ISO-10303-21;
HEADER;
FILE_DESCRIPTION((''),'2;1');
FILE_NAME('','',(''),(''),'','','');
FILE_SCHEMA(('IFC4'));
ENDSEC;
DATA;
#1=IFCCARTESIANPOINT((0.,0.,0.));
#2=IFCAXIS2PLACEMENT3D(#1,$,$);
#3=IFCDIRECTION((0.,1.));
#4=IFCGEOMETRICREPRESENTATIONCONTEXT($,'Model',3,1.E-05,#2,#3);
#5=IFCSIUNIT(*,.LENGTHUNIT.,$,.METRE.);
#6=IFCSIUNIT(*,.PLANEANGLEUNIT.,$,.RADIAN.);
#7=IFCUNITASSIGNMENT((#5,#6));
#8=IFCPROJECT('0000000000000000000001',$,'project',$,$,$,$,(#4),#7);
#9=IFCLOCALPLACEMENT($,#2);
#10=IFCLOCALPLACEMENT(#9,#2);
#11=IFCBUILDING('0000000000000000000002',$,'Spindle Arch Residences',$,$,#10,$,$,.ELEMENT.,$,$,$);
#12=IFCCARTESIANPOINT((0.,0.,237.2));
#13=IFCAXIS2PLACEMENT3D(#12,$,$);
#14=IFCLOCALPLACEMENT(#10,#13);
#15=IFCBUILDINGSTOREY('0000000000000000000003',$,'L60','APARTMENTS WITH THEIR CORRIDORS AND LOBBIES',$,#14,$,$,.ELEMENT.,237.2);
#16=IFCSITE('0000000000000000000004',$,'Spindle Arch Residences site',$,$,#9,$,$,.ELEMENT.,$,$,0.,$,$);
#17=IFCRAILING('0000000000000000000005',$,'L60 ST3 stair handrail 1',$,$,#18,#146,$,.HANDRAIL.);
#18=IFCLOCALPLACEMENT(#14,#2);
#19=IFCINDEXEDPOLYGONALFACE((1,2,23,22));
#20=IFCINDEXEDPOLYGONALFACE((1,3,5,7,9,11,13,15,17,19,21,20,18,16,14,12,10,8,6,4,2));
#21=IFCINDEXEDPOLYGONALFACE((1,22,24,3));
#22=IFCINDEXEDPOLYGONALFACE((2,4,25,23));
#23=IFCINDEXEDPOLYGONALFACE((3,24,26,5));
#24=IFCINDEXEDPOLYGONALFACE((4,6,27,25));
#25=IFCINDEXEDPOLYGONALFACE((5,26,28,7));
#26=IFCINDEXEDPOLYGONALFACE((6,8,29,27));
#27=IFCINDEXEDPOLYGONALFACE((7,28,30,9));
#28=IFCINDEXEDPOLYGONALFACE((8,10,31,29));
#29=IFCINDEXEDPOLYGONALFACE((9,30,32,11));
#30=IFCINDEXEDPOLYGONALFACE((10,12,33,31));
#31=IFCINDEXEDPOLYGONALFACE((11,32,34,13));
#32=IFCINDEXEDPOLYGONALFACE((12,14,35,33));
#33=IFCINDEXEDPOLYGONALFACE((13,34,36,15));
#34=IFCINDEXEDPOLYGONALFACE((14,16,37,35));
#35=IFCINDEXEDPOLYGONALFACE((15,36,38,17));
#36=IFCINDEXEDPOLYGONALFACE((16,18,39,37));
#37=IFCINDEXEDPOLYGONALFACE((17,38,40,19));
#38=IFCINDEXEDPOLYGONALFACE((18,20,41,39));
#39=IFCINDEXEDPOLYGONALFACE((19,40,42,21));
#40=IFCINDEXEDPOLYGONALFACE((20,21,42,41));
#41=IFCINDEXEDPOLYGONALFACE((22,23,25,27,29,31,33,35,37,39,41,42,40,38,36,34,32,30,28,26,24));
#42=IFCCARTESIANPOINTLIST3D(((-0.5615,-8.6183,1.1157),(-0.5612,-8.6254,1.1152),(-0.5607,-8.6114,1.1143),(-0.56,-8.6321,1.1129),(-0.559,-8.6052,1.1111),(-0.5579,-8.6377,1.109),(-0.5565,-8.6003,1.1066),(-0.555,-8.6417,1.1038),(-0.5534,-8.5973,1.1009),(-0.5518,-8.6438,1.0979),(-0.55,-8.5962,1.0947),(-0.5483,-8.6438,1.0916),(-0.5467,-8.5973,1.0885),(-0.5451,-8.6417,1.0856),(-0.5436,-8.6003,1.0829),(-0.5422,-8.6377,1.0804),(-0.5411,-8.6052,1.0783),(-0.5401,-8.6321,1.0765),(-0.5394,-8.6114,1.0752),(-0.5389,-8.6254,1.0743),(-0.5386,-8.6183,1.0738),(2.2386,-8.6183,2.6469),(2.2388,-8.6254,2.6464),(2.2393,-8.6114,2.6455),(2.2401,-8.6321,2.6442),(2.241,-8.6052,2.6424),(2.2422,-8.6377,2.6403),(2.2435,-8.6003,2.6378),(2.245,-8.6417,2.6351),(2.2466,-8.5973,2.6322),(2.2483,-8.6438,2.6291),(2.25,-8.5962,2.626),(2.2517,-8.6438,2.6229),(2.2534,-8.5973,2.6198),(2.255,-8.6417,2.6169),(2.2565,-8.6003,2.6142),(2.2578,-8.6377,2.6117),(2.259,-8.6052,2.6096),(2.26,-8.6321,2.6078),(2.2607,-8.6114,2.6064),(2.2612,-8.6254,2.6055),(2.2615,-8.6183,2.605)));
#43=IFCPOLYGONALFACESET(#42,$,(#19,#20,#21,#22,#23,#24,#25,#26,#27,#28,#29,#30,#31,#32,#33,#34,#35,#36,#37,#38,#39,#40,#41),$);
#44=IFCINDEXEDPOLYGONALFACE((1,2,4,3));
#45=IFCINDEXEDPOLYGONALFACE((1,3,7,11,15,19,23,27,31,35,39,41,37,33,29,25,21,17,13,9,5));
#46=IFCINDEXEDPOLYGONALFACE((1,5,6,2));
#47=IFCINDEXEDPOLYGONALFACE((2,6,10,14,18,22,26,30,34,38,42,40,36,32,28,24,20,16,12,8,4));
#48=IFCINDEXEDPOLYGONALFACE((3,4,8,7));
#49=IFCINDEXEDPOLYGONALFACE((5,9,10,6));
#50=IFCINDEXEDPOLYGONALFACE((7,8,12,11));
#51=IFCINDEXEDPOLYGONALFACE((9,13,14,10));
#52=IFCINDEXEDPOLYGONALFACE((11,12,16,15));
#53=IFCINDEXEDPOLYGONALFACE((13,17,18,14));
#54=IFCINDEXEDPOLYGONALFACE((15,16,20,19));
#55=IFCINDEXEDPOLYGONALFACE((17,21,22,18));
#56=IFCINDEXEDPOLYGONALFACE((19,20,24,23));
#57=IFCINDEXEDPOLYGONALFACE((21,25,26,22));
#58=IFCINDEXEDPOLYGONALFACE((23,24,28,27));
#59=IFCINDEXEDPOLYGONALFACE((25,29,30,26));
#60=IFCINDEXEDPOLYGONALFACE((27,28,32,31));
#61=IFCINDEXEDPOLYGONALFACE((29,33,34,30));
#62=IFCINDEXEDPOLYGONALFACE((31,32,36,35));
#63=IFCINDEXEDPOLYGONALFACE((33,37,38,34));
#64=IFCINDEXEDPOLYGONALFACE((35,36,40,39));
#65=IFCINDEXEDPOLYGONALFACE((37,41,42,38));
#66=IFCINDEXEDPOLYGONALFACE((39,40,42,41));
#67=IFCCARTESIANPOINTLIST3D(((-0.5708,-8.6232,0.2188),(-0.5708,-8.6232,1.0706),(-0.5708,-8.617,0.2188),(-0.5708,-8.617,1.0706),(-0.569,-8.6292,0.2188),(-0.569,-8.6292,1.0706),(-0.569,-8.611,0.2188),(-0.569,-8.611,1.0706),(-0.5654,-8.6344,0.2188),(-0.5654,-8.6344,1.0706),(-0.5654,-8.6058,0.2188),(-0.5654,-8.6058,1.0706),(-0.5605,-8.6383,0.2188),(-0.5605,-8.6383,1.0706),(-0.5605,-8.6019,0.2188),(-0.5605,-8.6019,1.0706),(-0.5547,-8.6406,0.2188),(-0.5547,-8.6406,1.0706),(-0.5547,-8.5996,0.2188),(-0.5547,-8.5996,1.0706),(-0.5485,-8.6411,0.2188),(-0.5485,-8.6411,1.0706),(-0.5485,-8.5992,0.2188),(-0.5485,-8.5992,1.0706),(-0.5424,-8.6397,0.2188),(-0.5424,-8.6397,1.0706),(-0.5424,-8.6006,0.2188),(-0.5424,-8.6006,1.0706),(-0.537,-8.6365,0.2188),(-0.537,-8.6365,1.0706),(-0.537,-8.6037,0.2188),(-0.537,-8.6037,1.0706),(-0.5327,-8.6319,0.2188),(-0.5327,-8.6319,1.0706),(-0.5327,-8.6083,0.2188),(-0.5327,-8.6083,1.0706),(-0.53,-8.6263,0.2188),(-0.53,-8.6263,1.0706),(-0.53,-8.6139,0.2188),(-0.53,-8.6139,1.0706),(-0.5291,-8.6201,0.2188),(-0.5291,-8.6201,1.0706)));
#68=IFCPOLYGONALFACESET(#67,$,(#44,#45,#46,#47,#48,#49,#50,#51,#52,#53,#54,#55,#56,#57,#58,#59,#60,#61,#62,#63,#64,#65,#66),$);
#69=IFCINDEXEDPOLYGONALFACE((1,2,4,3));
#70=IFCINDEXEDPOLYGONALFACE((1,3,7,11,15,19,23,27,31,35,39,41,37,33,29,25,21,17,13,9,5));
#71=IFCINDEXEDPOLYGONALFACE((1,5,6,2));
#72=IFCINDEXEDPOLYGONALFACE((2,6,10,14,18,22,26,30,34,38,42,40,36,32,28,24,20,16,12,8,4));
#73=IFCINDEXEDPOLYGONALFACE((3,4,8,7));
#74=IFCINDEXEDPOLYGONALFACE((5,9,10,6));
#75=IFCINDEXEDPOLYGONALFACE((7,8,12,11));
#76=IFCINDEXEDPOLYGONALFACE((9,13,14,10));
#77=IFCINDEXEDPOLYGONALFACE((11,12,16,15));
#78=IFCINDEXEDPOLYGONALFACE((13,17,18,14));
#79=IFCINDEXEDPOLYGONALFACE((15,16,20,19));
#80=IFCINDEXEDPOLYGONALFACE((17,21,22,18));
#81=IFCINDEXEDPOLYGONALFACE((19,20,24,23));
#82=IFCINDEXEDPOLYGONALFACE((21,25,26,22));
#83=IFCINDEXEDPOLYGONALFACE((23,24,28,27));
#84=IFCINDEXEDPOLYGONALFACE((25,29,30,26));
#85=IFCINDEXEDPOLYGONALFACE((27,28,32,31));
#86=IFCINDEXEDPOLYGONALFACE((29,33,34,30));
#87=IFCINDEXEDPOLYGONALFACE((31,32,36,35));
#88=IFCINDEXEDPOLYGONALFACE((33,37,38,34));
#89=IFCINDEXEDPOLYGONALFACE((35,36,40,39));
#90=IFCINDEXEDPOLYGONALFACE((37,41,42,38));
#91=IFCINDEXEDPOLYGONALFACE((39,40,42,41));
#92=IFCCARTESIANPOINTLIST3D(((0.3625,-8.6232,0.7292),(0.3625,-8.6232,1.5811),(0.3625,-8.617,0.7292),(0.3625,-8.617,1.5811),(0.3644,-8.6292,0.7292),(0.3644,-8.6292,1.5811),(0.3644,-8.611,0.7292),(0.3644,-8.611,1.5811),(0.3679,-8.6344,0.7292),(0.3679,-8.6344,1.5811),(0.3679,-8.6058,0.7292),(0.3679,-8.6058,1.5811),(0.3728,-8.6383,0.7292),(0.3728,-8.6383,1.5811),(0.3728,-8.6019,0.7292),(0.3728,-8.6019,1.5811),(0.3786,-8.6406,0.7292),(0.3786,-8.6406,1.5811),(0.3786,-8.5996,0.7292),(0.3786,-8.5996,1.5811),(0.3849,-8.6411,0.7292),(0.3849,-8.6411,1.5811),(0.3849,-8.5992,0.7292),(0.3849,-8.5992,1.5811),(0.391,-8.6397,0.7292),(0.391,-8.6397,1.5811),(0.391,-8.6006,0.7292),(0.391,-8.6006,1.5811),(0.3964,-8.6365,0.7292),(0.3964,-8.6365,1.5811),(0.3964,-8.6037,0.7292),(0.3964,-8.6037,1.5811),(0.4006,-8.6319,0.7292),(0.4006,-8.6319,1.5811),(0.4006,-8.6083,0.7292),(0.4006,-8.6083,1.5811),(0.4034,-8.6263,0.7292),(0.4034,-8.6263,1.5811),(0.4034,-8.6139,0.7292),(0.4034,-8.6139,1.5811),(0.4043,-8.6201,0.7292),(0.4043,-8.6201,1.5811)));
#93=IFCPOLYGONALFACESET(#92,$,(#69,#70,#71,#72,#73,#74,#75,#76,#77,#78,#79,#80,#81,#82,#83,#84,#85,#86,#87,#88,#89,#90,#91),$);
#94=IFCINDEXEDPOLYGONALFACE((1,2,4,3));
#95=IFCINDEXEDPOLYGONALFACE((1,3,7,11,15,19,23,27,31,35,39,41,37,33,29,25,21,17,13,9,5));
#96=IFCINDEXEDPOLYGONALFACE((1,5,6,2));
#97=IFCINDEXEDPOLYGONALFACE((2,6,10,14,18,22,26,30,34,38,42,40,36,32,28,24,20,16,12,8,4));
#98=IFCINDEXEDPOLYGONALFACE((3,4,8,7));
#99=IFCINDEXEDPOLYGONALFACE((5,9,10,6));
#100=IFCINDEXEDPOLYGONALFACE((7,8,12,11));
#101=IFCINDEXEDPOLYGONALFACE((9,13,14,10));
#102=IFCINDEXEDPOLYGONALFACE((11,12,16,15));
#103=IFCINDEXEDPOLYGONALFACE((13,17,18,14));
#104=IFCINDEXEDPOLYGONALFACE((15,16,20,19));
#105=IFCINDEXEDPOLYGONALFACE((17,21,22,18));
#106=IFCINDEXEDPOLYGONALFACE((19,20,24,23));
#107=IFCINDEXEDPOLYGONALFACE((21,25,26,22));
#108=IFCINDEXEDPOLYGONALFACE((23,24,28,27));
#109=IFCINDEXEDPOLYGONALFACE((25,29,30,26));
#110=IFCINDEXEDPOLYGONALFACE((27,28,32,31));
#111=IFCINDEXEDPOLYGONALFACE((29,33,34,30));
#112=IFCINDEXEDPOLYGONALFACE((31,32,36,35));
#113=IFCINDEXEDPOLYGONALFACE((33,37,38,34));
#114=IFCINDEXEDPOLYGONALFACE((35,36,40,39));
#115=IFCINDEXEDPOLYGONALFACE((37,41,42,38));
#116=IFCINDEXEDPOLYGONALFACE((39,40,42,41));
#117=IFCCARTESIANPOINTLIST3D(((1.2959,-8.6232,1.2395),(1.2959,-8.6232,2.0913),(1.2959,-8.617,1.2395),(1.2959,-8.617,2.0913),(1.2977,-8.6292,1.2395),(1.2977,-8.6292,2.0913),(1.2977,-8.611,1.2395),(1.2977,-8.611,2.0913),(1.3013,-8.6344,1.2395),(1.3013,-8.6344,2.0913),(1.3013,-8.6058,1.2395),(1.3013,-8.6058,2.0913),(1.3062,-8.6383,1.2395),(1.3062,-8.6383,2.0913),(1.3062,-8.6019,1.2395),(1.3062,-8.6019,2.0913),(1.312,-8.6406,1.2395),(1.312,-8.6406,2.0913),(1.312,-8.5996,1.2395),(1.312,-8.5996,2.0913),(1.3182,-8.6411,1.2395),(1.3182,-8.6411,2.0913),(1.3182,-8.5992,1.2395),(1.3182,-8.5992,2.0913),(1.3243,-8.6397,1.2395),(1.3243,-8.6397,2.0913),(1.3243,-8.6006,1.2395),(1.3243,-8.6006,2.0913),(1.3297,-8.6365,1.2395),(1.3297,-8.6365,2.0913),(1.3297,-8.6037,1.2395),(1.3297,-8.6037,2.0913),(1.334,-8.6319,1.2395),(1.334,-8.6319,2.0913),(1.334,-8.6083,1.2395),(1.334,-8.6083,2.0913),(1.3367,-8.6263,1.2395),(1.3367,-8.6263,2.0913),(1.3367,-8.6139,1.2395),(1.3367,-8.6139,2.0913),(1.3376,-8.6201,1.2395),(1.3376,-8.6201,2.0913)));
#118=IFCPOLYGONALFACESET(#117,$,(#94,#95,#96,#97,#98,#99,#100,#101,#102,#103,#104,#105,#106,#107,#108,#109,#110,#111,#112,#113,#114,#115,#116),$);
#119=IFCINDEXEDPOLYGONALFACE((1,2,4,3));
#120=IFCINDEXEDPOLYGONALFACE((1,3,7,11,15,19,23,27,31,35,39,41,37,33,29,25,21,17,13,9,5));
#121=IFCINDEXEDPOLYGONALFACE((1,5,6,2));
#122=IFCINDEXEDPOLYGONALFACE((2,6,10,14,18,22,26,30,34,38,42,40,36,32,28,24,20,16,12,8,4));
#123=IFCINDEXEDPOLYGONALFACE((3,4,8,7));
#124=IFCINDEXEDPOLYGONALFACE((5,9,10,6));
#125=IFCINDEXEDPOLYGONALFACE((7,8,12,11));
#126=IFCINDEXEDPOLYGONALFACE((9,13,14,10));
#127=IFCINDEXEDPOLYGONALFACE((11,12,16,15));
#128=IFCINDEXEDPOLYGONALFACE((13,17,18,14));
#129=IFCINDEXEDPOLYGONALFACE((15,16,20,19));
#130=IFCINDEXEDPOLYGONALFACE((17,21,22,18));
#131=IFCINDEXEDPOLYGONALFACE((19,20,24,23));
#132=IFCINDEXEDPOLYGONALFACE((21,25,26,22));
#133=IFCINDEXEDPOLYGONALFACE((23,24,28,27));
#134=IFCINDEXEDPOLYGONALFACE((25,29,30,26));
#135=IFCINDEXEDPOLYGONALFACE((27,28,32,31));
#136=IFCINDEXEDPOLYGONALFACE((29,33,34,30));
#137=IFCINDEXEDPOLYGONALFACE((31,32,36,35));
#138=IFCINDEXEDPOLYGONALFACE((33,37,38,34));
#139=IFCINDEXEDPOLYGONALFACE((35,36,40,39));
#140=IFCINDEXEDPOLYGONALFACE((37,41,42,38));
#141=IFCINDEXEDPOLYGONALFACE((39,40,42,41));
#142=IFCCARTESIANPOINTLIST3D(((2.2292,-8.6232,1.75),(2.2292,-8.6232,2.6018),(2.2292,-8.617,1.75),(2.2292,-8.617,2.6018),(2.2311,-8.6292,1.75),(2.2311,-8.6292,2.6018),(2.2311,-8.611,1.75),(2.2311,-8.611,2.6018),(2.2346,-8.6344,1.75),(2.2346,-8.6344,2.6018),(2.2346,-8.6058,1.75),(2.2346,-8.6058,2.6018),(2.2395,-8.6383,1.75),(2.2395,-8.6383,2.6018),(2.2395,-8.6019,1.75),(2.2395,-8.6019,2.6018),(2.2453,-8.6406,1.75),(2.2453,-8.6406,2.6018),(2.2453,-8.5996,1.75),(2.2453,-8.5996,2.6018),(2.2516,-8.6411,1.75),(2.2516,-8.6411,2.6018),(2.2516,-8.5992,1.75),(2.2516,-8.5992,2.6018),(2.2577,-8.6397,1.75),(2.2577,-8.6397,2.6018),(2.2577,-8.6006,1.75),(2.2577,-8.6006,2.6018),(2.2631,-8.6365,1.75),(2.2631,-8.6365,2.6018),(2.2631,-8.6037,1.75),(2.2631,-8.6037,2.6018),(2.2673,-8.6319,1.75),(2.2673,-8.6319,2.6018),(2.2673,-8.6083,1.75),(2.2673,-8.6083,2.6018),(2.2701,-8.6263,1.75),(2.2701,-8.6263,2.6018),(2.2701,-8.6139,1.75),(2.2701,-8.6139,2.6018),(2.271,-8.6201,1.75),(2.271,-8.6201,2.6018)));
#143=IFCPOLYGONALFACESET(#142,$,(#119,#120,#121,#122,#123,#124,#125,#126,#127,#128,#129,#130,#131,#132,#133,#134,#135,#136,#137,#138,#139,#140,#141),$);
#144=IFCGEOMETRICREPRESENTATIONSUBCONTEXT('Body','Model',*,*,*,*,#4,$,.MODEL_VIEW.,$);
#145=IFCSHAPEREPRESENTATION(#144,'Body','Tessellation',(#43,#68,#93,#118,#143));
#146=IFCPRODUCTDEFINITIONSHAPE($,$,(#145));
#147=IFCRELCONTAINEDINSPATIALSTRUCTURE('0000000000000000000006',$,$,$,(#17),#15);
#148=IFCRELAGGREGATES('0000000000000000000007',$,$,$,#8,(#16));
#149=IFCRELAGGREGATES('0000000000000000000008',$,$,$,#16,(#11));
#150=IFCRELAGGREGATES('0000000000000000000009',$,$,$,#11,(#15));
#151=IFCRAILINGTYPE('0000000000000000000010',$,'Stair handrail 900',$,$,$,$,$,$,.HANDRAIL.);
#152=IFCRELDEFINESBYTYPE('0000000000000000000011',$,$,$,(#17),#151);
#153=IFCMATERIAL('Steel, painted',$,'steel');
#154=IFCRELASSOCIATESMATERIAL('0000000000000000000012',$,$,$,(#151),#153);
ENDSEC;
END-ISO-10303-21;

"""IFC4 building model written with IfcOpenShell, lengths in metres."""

from ifc_helpers import new_model, si_unit, direction, frame, origin, origin_2d, place, context, subcontext, project, spatial, circle, extrude, material, type_object, element, save


model = new_model("IFC4")

# Units and contexts
model_context = context("Model", 3, precision=1e-05, world=origin(), true_north=direction((0.0, 1.0)))
body_context = subcontext(model_context, "Body", "Model", "MODEL_VIEW")
ifc_project = project(units=[si_unit("LENGTHUNIT", "METRE"), si_unit("PLANEANGLEUNIT", "RADIAN")], contexts=[model_context])

# Site, building, storey
site_placement = place(None, origin())
site = spatial("IfcSite", under=ifc_project, at=site_placement, Name="Spindle Arch Residences site", CompositionType="ELEMENT", RefElevation=0.0)
building_placement = place(site_placement, origin())
building = spatial("IfcBuilding", under=site, at=building_placement, Name="Spindle Arch Residences", CompositionType="ELEMENT")
storey_placement = place(building_placement, frame((0.0, 0.0, 237.2)))
storey = spatial("IfcBuildingStorey", under=building, at=storey_placement, Name="L60", Description="APARTMENTS WITH THEIR CORRIDORS AND LOBBIES", CompositionType="ELEMENT", Elevation=237.2)

# Railing
ifc_material_1 = material(Name="Steel, painted", Category="steel")
railing_type_1 = type_object("IfcRailingType", Name="Stair handrail 900", PredefinedType="HANDRAIL", material=ifc_material_1)
railing_1_placement = place(storey_placement, frame((-0.55, -8.6201, 0.2188)))
element("IfcRailing", 1, at=railing_1_placement, inside=storey, type_object=railing_type_1, Name="L60 ST3 stair handrail 1", PredefinedType="HANDRAIL", context=body_context, shape_type="SweptSolid", body=[
    extrude(circle(Radius=0.0239, at=origin_2d()), frame((0.0, 0.0, 0.876), z_axis=(0.877375, 0.0, 0.479806), x_axis=(0.0, 1.0, 0.0)), (0.0, 0.0, 1.0), 3.1914),
    extrude(circle(Radius=0.021, at=origin_2d()), origin(), (0.0, 0.0, 1.0), 0.8518),
    extrude(circle(Radius=0.021, at=origin_2d()), frame((0.9333, 0.0, 0.5105)), (0.0, 0.0, 1.0), 0.8518),
    extrude(circle(Radius=0.021, at=origin_2d()), frame((1.8667, 0.0, 1.0208)), (0.0, 0.0, 1.0), 0.8518),
    extrude(circle(Radius=0.021, at=origin_2d()), frame((2.8, 0.0, 1.5312)), (0.0, 0.0, 1.0), 0.8518),
])

save(model, "model.ifc")
